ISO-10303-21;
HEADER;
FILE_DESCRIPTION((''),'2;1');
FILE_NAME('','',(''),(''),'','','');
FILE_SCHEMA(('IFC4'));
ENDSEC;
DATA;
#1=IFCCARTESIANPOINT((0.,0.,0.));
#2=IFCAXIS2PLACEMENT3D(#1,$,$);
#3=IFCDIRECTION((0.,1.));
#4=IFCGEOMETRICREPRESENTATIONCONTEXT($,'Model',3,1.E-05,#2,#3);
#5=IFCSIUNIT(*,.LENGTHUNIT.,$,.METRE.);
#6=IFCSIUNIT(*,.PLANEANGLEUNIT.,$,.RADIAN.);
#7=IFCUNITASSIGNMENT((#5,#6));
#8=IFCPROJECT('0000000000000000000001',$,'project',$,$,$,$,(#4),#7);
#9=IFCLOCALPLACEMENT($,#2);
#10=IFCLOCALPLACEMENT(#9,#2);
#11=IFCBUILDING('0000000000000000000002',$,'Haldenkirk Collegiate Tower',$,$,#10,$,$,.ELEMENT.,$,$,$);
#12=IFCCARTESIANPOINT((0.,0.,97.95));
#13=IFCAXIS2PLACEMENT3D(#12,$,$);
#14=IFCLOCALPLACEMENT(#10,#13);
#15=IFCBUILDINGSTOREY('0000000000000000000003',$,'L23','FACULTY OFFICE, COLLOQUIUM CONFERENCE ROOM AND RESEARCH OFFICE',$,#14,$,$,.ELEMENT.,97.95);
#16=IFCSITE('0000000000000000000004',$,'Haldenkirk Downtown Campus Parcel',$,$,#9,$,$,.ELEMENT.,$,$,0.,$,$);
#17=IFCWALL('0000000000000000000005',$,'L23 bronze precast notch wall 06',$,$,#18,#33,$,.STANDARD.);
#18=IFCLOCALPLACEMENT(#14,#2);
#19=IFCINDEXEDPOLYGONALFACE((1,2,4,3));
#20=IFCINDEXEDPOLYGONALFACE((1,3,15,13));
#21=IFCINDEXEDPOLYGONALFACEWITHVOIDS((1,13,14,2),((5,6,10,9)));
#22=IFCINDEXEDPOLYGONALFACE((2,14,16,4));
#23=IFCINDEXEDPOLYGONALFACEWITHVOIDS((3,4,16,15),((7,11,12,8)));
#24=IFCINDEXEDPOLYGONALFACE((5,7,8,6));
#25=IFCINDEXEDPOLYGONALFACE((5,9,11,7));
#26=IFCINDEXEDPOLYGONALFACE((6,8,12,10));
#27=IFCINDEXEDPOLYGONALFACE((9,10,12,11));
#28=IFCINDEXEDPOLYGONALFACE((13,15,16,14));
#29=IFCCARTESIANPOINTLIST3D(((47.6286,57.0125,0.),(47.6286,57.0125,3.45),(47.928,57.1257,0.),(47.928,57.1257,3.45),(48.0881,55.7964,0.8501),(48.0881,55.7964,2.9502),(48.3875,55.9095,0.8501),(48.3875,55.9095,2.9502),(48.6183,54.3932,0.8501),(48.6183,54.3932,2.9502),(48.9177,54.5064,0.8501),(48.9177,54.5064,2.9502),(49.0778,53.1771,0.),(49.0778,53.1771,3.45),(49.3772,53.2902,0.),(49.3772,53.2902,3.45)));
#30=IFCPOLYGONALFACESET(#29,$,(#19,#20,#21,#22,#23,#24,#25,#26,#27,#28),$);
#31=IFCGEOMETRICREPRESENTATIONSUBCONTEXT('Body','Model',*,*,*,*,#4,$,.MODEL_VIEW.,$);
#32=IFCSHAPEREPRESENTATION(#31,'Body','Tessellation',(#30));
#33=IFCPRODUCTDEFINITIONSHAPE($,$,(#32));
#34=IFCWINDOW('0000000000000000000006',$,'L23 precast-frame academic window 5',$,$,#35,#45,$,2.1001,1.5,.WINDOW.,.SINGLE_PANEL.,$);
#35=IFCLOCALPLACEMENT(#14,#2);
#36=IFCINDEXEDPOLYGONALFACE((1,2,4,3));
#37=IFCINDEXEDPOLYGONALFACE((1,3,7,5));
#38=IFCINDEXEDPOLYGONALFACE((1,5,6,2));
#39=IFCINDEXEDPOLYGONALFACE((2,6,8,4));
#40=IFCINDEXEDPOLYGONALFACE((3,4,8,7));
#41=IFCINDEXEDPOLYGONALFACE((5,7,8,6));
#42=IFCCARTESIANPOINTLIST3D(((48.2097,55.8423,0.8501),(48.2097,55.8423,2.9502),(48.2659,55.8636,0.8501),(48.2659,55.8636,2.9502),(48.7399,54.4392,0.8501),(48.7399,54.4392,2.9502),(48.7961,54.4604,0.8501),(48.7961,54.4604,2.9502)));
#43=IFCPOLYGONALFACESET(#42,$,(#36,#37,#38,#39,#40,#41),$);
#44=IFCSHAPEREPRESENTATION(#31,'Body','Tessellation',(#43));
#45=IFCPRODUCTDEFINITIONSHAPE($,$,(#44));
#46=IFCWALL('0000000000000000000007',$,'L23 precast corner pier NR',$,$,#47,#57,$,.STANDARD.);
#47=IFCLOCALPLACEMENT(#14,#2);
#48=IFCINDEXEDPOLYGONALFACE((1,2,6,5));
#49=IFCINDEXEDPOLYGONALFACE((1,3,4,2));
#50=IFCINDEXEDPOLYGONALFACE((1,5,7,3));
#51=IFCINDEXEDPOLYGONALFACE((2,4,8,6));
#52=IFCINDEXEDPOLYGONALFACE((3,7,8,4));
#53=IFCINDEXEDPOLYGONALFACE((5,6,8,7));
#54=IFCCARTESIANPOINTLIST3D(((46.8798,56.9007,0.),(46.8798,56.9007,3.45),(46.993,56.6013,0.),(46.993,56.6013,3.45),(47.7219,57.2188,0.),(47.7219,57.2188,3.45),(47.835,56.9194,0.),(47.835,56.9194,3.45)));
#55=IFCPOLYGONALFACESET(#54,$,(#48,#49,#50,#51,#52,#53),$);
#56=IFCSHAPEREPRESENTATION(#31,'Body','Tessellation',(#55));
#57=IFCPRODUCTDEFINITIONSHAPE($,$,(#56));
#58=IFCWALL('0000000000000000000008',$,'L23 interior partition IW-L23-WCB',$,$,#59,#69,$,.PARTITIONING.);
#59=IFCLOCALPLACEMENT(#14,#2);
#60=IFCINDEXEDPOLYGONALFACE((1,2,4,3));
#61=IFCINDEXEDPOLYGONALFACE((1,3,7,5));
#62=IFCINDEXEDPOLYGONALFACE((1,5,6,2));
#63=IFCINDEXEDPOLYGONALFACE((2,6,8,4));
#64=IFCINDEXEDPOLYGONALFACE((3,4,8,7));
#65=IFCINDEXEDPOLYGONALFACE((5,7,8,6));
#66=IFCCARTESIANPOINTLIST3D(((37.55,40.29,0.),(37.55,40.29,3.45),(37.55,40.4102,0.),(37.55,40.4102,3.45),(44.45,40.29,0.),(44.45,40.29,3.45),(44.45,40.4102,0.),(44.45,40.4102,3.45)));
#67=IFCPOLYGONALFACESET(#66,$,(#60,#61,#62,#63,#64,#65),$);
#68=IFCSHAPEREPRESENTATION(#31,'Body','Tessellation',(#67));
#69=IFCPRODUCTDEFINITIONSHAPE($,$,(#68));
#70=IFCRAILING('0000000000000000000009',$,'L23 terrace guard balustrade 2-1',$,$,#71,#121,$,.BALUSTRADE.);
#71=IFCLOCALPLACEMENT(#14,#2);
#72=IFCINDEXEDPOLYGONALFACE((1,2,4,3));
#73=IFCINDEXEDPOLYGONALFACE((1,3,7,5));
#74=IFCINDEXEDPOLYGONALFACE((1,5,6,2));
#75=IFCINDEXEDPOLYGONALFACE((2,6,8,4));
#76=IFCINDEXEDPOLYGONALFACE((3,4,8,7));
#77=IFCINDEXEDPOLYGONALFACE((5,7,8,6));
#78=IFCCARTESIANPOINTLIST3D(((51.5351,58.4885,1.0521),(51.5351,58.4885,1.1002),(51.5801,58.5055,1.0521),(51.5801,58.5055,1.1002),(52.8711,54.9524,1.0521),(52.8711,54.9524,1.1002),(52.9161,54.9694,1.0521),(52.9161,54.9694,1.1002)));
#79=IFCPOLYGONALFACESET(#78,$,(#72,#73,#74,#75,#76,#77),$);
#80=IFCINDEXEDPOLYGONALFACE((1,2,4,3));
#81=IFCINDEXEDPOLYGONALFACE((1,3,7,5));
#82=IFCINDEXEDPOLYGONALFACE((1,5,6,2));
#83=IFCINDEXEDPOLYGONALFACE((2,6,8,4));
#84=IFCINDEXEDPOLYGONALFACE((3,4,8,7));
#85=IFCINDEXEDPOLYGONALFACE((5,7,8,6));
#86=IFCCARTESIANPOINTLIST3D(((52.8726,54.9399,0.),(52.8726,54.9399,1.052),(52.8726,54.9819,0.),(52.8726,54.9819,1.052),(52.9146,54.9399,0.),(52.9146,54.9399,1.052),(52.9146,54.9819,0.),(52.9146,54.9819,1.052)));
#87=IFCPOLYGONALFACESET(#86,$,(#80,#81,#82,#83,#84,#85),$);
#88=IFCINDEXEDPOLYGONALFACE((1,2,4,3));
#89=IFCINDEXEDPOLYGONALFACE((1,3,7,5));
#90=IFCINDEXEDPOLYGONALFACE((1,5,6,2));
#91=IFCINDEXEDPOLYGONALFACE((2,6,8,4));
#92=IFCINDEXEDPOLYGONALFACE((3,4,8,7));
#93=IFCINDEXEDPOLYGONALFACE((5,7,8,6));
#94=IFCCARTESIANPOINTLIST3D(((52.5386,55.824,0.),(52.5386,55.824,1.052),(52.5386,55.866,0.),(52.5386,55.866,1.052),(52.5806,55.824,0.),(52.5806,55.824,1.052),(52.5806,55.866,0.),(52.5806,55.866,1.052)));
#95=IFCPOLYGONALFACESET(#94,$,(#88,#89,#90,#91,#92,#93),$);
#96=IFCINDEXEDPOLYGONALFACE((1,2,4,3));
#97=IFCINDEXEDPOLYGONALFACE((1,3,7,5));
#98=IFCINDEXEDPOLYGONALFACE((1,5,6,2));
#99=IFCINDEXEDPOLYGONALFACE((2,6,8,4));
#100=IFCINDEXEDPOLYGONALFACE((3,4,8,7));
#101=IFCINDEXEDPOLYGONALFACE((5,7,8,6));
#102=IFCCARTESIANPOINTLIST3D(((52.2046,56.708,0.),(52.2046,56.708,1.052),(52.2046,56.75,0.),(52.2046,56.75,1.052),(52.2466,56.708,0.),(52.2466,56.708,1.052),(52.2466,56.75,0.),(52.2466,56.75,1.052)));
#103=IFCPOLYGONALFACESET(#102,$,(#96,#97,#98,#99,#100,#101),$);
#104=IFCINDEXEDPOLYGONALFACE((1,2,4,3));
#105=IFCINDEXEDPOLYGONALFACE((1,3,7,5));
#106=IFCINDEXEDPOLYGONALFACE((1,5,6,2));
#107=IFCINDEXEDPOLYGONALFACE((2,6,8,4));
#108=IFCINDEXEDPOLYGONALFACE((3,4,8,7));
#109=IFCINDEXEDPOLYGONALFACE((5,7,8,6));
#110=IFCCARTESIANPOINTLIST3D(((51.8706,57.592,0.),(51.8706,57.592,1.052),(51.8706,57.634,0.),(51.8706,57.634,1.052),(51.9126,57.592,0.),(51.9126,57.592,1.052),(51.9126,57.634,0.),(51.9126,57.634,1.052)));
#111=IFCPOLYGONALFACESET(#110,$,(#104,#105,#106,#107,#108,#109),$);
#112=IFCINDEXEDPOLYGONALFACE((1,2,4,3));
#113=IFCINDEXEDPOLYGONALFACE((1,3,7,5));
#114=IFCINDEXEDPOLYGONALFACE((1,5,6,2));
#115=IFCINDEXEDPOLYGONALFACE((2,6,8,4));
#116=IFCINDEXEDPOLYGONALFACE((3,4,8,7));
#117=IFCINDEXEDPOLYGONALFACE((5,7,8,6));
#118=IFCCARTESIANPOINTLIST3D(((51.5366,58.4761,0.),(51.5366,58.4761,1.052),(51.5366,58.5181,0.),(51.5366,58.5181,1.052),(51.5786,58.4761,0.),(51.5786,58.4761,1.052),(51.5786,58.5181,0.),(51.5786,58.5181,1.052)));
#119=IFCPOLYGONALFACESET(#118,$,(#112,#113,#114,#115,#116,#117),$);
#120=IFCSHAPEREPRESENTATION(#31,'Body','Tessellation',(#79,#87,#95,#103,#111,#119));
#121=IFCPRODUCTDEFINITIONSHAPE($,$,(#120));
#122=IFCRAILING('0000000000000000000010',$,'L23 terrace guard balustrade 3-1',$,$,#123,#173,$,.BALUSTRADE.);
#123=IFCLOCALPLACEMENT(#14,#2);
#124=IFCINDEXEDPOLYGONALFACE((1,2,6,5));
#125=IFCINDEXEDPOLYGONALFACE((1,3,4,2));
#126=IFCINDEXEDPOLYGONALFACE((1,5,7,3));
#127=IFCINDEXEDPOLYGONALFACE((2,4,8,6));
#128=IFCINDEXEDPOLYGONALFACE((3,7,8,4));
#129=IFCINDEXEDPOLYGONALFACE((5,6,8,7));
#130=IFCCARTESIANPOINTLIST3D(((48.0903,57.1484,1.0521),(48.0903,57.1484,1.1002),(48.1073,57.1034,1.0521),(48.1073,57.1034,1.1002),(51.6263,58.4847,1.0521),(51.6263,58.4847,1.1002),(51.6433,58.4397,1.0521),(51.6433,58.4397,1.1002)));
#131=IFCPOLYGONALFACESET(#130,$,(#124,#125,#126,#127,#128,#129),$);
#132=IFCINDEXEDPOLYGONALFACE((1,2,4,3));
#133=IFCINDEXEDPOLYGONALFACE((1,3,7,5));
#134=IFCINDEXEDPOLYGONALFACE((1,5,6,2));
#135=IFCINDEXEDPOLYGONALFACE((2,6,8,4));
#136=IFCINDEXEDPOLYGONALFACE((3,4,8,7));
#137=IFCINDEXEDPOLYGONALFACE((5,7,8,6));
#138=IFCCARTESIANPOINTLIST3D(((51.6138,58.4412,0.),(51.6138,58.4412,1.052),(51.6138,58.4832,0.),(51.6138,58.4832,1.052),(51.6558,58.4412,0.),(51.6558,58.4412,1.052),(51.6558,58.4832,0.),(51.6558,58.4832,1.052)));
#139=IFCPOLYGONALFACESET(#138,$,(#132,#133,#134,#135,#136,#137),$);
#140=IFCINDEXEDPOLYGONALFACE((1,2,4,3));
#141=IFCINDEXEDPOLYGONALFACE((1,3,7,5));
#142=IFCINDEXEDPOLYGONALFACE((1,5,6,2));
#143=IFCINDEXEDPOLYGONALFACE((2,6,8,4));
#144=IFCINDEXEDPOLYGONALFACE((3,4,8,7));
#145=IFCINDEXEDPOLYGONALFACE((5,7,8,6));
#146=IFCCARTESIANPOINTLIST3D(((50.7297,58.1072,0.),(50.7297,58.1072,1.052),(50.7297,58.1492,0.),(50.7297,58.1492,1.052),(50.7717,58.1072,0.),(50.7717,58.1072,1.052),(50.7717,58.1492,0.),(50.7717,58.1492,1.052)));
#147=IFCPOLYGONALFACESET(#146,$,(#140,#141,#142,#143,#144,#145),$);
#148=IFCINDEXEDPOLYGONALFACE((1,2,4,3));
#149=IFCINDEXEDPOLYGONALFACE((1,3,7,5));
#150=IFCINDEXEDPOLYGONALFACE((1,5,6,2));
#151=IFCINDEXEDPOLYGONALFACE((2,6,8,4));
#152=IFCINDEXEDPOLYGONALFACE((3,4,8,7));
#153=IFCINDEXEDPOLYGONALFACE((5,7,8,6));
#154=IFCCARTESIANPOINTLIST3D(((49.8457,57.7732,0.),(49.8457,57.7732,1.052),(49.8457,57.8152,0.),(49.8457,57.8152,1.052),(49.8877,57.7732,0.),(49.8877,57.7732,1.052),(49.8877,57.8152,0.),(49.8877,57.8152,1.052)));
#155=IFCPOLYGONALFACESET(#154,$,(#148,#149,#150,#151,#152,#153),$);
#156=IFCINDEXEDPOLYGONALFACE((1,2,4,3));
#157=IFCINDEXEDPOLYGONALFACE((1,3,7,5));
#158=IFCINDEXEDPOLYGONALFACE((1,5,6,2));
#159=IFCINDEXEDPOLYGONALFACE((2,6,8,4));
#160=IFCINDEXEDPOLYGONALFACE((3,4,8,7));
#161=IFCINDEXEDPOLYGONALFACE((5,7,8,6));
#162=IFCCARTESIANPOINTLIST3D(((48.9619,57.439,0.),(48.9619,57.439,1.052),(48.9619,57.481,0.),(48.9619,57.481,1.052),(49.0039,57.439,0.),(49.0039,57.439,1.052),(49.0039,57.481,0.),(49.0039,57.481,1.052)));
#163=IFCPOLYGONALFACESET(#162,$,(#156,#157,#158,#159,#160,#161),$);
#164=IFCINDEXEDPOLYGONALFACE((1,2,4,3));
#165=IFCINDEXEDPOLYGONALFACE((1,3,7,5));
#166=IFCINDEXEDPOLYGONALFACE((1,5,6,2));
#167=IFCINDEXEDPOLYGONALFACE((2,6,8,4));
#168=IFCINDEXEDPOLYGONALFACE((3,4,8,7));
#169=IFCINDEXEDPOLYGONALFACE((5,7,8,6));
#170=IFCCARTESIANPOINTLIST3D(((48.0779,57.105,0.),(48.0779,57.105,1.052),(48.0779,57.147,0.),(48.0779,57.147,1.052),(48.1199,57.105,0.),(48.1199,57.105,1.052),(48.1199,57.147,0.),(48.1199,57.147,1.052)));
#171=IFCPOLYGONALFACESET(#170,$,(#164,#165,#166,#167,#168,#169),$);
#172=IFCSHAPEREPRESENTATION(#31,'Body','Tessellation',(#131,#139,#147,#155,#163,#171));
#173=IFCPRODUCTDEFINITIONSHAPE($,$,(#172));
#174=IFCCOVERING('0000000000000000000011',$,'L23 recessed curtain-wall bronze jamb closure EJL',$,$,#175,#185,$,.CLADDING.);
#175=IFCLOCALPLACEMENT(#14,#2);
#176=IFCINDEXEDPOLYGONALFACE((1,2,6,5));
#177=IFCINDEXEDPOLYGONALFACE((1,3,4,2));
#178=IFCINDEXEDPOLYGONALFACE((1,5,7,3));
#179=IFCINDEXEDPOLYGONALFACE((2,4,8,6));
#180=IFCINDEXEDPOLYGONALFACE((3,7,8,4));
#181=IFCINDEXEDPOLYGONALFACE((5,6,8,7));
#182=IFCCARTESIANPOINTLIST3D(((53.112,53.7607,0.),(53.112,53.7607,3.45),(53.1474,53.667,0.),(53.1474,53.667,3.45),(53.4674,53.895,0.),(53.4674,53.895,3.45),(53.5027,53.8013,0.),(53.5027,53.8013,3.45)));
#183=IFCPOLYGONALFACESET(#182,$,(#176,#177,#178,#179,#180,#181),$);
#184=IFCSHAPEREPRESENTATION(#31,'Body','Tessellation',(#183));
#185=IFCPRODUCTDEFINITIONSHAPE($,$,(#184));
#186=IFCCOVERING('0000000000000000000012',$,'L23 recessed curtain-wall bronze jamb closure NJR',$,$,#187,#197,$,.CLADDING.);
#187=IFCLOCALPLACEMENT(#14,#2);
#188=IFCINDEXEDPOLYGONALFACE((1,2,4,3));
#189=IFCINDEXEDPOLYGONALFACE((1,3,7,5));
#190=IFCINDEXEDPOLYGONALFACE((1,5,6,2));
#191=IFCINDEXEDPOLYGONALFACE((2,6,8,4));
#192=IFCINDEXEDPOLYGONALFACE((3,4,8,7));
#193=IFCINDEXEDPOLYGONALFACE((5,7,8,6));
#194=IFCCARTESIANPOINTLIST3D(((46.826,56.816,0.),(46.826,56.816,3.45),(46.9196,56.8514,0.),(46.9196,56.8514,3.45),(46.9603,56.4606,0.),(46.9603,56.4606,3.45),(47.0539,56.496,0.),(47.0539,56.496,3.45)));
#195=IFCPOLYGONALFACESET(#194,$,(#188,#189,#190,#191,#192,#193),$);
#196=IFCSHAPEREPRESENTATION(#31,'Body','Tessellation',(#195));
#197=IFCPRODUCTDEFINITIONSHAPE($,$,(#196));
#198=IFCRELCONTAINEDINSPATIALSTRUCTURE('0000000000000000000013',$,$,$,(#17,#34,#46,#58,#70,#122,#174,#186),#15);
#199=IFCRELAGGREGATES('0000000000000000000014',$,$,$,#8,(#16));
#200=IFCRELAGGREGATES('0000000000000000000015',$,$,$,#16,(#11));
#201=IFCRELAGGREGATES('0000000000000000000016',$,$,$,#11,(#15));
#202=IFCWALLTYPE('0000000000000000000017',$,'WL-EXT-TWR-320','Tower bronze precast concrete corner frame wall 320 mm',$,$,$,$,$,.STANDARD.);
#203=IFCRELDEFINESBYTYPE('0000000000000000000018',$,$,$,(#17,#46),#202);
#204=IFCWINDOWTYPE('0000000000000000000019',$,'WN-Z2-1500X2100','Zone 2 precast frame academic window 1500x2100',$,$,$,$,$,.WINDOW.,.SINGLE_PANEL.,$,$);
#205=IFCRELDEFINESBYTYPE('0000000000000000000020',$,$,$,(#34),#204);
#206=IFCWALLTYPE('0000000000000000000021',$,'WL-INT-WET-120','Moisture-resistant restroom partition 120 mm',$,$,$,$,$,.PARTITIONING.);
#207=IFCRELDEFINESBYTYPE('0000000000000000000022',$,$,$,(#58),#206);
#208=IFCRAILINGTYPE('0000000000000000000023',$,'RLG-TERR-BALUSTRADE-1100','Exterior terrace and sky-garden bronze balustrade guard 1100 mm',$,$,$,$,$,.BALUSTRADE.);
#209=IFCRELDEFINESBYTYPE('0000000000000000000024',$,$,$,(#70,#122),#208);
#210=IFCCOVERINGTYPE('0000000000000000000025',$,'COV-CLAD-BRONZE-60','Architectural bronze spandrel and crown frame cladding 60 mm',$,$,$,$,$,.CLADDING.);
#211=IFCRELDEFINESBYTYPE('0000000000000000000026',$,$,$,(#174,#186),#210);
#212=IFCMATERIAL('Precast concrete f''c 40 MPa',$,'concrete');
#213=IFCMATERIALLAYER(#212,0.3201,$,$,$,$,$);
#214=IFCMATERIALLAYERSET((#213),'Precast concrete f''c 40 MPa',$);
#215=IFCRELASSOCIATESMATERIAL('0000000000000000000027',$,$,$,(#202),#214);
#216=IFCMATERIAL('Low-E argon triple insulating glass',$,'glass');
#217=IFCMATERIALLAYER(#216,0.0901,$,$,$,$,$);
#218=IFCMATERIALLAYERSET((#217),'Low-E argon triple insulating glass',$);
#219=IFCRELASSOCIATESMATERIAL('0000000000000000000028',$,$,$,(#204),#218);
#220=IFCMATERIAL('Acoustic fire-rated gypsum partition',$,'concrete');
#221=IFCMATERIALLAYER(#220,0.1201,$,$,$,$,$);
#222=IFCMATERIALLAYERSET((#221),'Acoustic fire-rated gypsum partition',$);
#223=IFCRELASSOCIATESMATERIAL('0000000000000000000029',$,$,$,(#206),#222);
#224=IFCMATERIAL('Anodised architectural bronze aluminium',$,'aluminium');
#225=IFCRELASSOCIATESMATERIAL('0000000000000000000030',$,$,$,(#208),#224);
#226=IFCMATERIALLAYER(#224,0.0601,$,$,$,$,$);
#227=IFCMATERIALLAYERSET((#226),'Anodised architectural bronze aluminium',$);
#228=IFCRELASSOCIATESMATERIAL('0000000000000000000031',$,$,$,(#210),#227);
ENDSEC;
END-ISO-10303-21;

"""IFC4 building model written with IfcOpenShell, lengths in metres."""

from ifc_helpers import new_model, si_unit, direction, frame, frame_2d, origin, origin_2d, place, context, subcontext, project, spatial, rectangle, extrude, source, transform, mapped, material, layer, layer_set, type_object, element, fill, save


model = new_model("IFC4")

# Units and contexts
model_context = context("Model", 3, precision=1e-05, world=origin(), true_north=direction((0.0, 1.0)))
body_context = subcontext(model_context, "Body", "Model", "MODEL_VIEW")
ifc_project = project(units=[si_unit("LENGTHUNIT", "METRE"), si_unit("PLANEANGLEUNIT", "RADIAN")], contexts=[model_context])

# Site, building, storey
site_placement = place(None, origin())
site = spatial("IfcSite", under=ifc_project, at=site_placement, Name="Haldenkirk Downtown Campus Parcel", CompositionType="ELEMENT", RefElevation=0.0)
building_placement = place(site_placement, origin())
building = spatial("IfcBuilding", under=site, at=building_placement, Name="Haldenkirk Collegiate Tower", CompositionType="ELEMENT")
storey_placement = place(building_placement, frame((0.0, 0.0, 97.95)))
storey = spatial("IfcBuildingStorey", under=building, at=storey_placement, Name="L23", Description="FACULTY OFFICE, COLLOQUIUM CONFERENCE ROOM AND RESEARCH OFFICE", CompositionType="ELEMENT", Elevation=97.95)

# Shared definitions
ifc_material_1 = material(Name="Anodised architectural bronze aluminium", Category="aluminium")

# Shared definitions
ifc_material_2 = material(Name="Low-E argon triple insulating glass", Category="glass")

# Shared definitions
ifc_material_3 = material(Name="Precast concrete f'c 40 MPa", Category="concrete")
ifc_layer_1 = layer(ifc_material_3, 0.3201)
ifc_layer_set_1 = layer_set([ifc_layer_1], Name="Precast concrete f'c 40 MPa")
wall_type_1 = type_object("IfcWallType", Name="WL-EXT-TWR-320", Description="Tower bronze precast concrete corner frame wall 320 mm", PredefinedType="STANDARD", material=ifc_layer_set_1)

# Wall, opening, window
wall_1_placement = place(storey_placement, frame((47.7783, 57.0691, 0.0), z_axis=(0.0, 0.0, 1.0), x_axis=(0.353458, -0.93545, 0.0)))
wall_1 = element("IfcWall", 1, at=wall_1_placement, inside=storey, type_object=wall_type_1, Name="L23 bronze precast notch wall 06", PredefinedType="STANDARD", context=body_context, shape_type="SweptSolid", body=[
    extrude(rectangle(XDim=4.1001, YDim=0.3201, at=frame_2d((2.05, 0.0))), origin(), (0.0, 0.0, 1.0), 3.45),
])
opening_1_placement = place(wall_1_placement, frame((1.3, 0.0, 0.8501)))
opening_1 = element("IfcOpeningElement", 2, at=opening_1_placement, cuts=wall_1, PredefinedType="OPENING", context=body_context, shape_type="SweptSolid", body=[
    extrude(rectangle(XDim=1.5, YDim=2.1001, at=frame_2d((0.75, 1.05))), frame((0.0, 0.1699, 0.0), z_axis=(0.0, -1.0, 0.0), x_axis=(1.0, 0.0, 0.0)), (0.0, 0.0, 1.0), 0.3401),
])
ifc_layer_2 = layer(ifc_material_2, 0.0901)
ifc_layer_set_2 = layer_set([ifc_layer_2], Name="Low-E argon triple insulating glass")
window_type = type_object("IfcWindowType", Name="WN-Z2-1500X2100", Description="Zone 2 precast frame academic window 1500x2100", PartitioningType="SINGLE_PANEL", PredefinedType="WINDOW", material=ifc_layer_set_2)
window_placement = place(opening_1_placement, origin())
window = element("IfcWindow", 3, at=window_placement, inside=storey, type_object=window_type, Name="L23 precast-frame academic window 5", OverallHeight=2.1001, OverallWidth=1.5, PartitioningType="SINGLE_PANEL", PredefinedType="WINDOW", context=body_context, shape_type="SweptSolid", body=[
    extrude(rectangle(XDim=1.5, YDim=2.1001, at=frame_2d((0.75, 1.05))), frame((0.0, 0.03, 0.0), z_axis=(0.0, -1.0, 0.0), x_axis=(1.0, 0.0, 0.0)), (0.0, 0.0, 1.0), 0.0601),
])
fill(opening_1, window)

# Walls
wall_2_placement = place(storey_placement, frame((46.9363, 56.751, 0.0), z_axis=(0.0, 0.0, 1.0), x_axis=(0.935468, 0.353411, 0.0)))
element("IfcWall", 4, at=wall_2_placement, inside=storey, type_object=wall_type_1, Name="L23 precast corner pier NR", PredefinedType="STANDARD", context=body_context, shape_type="SweptSolid", body=[
    extrude(rectangle(XDim=0.9001, YDim=0.3201, at=frame_2d((0.4502, 0.0))), origin(), (0.0, 0.0, 1.0), 3.45),
])
ifc_material_4 = material(Name="Acoustic fire-rated gypsum partition", Category="concrete")
ifc_layer_3 = layer(ifc_material_4, 0.1201)
ifc_layer_set_3 = layer_set([ifc_layer_3], Name="Acoustic fire-rated gypsum partition")
wall_type_2 = type_object("IfcWallType", Name="WL-INT-WET-120", Description="Moisture-resistant restroom partition 120 mm", PredefinedType="PARTITIONING", material=ifc_layer_set_3)
wall_3_placement = place(storey_placement, frame((37.55, 40.3501, 0.0), z_axis=(0.0, 0.0, 1.0), x_axis=(1.0, 0.0, 0.0)))
element("IfcWall", 5, at=wall_3_placement, inside=storey, type_object=wall_type_2, Name="L23 interior partition IW-L23-WCB", PredefinedType="PARTITIONING", context=body_context, shape_type="SweptSolid", body=[
    extrude(rectangle(XDim=6.8999, YDim=0.1201, at=frame_2d((3.45, 0.0))), origin(), (0.0, 0.0, 1.0), 3.45),
])

# Railings
railing_type = type_object("IfcRailingType", Name="RLG-TERR-BALUSTRADE-1100", Description="Exterior terrace and sky-garden bronze balustrade guard 1100 mm", PredefinedType="BALUSTRADE", material=ifc_material_1)
railing_1_placement = place(storey_placement, frame((52.8936, 54.9609, 0.0)))
element("IfcRailing", 6, at=railing_1_placement, inside=storey, type_object=railing_type, Name="L23 terrace guard balustrade 2-1", PredefinedType="BALUSTRADE", context=body_context, shape_type="SweptSolid", body=[
    extrude(rectangle(XDim=0.0481, YDim=0.0481, at=origin_2d()), frame((0.0, 0.0, 1.0762), z_axis=(-0.353416, 0.935466, 0.0), x_axis=(-0.935466, -0.353416, 0.0)), (0.0, 0.0, 1.0), 3.78),
    extrude(rectangle(XDim=0.042, YDim=0.042, at=origin_2d()), origin(), (0.0, 0.0, 1.0), 1.052),
    extrude(rectangle(XDim=0.042, YDim=0.042, at=origin_2d()), frame((-0.334, 0.884, 0.0)), (0.0, 0.0, 1.0), 1.052),
    extrude(rectangle(XDim=0.042, YDim=0.042, at=origin_2d()), frame((-0.668, 1.7681, 0.0)), (0.0, 0.0, 1.0), 1.052),
    extrude(rectangle(XDim=0.042, YDim=0.042, at=origin_2d()), frame((-1.002, 2.6521, 0.0)), (0.0, 0.0, 1.0), 1.052),
    extrude(rectangle(XDim=0.042, YDim=0.042, at=origin_2d()), frame((-1.3359, 3.5361, 0.0)), (0.0, 0.0, 1.0), 1.052),
])
railing_2_placement = place(storey_placement, frame((51.6348, 58.4622, 0.0)))
element("IfcRailing", 7, at=railing_2_placement, inside=storey, type_object=railing_type, Name="L23 terrace guard balustrade 3-1", PredefinedType="BALUSTRADE", context=body_context, shape_type="SweptSolid", body=[
    extrude(rectangle(XDim=0.0481, YDim=0.0481, at=origin_2d()), frame((0.0, 0.0, 1.0762), z_axis=(-0.935437, -0.353494, 0.0), x_axis=(0.353494, -0.935437, 0.0)), (0.0, 0.0, 1.0), 3.78),
    extrude(rectangle(XDim=0.042, YDim=0.042, at=origin_2d()), origin(), (0.0, 0.0, 1.0), 1.052),
    extrude(rectangle(XDim=0.042, YDim=0.042, at=origin_2d()), frame((-0.884, -0.334, 0.0)), (0.0, 0.0, 1.0), 1.052),
    extrude(rectangle(XDim=0.042, YDim=0.042, at=origin_2d()), frame((-1.7681, -0.668, 0.0)), (0.0, 0.0, 1.0), 1.052),
    extrude(rectangle(XDim=0.042, YDim=0.042, at=origin_2d()), frame((-2.6519, -1.0022, 0.0)), (0.0, 0.0, 1.0), 1.052),
    extrude(rectangle(XDim=0.042, YDim=0.042, at=origin_2d()), frame((-3.5359, -1.3362, 0.0)), (0.0, 0.0, 1.0), 1.052),
])

# Coverings
ifc_layer_4 = layer(ifc_material_1, 0.0601)
ifc_layer_set_4 = layer_set([ifc_layer_4], Name="Anodised architectural bronze aluminium")
covering_type = type_object("IfcCoveringType", Name="COV-CLAD-BRONZE-60", Description="Architectural bronze spandrel and crown frame cladding 60 mm", PredefinedType="CLADDING", material=ifc_layer_set_4)
shared_shape_1 = source(origin(), body_context, "Body", "SweptSolid", [
    extrude(rectangle(XDim=0.1001, YDim=0.3799, at=origin_2d()), origin(), (0.0, 0.0, 1.0), 3.45),
])
for number, where, z_axis, x_axis, name in (
    (8, (53.3074, 53.781, 0.0), (0.0, 0.0, 1.0), (0.353475, -0.935444, 0.0), "L23 recessed curtain-wall bronze jamb closure EJL"),
    (9, (46.9399, 56.656, 0.0), (0.0, 0.0, 1.0), (0.935444, 0.353475, 0.0), "L23 recessed curtain-wall bronze jamb closure NJR"),
):
    element("IfcCovering", number, at=place(storey_placement, frame(where, z_axis=z_axis, x_axis=x_axis)), inside=storey, type_object=covering_type, Name=name, PredefinedType="CLADDING", context=body_context, shape_type="MappedRepresentation", body=[
        mapped(shared_shape_1, transform((0.0, 0.0, 0.0), x_axis=(1.0, 0.0, 0.0), y_axis=(0.0, 1.0, 0.0), z_axis=(0.0, 0.0, 1.0), scale=1.0)),
    ])

save(model, "model.ifc")
